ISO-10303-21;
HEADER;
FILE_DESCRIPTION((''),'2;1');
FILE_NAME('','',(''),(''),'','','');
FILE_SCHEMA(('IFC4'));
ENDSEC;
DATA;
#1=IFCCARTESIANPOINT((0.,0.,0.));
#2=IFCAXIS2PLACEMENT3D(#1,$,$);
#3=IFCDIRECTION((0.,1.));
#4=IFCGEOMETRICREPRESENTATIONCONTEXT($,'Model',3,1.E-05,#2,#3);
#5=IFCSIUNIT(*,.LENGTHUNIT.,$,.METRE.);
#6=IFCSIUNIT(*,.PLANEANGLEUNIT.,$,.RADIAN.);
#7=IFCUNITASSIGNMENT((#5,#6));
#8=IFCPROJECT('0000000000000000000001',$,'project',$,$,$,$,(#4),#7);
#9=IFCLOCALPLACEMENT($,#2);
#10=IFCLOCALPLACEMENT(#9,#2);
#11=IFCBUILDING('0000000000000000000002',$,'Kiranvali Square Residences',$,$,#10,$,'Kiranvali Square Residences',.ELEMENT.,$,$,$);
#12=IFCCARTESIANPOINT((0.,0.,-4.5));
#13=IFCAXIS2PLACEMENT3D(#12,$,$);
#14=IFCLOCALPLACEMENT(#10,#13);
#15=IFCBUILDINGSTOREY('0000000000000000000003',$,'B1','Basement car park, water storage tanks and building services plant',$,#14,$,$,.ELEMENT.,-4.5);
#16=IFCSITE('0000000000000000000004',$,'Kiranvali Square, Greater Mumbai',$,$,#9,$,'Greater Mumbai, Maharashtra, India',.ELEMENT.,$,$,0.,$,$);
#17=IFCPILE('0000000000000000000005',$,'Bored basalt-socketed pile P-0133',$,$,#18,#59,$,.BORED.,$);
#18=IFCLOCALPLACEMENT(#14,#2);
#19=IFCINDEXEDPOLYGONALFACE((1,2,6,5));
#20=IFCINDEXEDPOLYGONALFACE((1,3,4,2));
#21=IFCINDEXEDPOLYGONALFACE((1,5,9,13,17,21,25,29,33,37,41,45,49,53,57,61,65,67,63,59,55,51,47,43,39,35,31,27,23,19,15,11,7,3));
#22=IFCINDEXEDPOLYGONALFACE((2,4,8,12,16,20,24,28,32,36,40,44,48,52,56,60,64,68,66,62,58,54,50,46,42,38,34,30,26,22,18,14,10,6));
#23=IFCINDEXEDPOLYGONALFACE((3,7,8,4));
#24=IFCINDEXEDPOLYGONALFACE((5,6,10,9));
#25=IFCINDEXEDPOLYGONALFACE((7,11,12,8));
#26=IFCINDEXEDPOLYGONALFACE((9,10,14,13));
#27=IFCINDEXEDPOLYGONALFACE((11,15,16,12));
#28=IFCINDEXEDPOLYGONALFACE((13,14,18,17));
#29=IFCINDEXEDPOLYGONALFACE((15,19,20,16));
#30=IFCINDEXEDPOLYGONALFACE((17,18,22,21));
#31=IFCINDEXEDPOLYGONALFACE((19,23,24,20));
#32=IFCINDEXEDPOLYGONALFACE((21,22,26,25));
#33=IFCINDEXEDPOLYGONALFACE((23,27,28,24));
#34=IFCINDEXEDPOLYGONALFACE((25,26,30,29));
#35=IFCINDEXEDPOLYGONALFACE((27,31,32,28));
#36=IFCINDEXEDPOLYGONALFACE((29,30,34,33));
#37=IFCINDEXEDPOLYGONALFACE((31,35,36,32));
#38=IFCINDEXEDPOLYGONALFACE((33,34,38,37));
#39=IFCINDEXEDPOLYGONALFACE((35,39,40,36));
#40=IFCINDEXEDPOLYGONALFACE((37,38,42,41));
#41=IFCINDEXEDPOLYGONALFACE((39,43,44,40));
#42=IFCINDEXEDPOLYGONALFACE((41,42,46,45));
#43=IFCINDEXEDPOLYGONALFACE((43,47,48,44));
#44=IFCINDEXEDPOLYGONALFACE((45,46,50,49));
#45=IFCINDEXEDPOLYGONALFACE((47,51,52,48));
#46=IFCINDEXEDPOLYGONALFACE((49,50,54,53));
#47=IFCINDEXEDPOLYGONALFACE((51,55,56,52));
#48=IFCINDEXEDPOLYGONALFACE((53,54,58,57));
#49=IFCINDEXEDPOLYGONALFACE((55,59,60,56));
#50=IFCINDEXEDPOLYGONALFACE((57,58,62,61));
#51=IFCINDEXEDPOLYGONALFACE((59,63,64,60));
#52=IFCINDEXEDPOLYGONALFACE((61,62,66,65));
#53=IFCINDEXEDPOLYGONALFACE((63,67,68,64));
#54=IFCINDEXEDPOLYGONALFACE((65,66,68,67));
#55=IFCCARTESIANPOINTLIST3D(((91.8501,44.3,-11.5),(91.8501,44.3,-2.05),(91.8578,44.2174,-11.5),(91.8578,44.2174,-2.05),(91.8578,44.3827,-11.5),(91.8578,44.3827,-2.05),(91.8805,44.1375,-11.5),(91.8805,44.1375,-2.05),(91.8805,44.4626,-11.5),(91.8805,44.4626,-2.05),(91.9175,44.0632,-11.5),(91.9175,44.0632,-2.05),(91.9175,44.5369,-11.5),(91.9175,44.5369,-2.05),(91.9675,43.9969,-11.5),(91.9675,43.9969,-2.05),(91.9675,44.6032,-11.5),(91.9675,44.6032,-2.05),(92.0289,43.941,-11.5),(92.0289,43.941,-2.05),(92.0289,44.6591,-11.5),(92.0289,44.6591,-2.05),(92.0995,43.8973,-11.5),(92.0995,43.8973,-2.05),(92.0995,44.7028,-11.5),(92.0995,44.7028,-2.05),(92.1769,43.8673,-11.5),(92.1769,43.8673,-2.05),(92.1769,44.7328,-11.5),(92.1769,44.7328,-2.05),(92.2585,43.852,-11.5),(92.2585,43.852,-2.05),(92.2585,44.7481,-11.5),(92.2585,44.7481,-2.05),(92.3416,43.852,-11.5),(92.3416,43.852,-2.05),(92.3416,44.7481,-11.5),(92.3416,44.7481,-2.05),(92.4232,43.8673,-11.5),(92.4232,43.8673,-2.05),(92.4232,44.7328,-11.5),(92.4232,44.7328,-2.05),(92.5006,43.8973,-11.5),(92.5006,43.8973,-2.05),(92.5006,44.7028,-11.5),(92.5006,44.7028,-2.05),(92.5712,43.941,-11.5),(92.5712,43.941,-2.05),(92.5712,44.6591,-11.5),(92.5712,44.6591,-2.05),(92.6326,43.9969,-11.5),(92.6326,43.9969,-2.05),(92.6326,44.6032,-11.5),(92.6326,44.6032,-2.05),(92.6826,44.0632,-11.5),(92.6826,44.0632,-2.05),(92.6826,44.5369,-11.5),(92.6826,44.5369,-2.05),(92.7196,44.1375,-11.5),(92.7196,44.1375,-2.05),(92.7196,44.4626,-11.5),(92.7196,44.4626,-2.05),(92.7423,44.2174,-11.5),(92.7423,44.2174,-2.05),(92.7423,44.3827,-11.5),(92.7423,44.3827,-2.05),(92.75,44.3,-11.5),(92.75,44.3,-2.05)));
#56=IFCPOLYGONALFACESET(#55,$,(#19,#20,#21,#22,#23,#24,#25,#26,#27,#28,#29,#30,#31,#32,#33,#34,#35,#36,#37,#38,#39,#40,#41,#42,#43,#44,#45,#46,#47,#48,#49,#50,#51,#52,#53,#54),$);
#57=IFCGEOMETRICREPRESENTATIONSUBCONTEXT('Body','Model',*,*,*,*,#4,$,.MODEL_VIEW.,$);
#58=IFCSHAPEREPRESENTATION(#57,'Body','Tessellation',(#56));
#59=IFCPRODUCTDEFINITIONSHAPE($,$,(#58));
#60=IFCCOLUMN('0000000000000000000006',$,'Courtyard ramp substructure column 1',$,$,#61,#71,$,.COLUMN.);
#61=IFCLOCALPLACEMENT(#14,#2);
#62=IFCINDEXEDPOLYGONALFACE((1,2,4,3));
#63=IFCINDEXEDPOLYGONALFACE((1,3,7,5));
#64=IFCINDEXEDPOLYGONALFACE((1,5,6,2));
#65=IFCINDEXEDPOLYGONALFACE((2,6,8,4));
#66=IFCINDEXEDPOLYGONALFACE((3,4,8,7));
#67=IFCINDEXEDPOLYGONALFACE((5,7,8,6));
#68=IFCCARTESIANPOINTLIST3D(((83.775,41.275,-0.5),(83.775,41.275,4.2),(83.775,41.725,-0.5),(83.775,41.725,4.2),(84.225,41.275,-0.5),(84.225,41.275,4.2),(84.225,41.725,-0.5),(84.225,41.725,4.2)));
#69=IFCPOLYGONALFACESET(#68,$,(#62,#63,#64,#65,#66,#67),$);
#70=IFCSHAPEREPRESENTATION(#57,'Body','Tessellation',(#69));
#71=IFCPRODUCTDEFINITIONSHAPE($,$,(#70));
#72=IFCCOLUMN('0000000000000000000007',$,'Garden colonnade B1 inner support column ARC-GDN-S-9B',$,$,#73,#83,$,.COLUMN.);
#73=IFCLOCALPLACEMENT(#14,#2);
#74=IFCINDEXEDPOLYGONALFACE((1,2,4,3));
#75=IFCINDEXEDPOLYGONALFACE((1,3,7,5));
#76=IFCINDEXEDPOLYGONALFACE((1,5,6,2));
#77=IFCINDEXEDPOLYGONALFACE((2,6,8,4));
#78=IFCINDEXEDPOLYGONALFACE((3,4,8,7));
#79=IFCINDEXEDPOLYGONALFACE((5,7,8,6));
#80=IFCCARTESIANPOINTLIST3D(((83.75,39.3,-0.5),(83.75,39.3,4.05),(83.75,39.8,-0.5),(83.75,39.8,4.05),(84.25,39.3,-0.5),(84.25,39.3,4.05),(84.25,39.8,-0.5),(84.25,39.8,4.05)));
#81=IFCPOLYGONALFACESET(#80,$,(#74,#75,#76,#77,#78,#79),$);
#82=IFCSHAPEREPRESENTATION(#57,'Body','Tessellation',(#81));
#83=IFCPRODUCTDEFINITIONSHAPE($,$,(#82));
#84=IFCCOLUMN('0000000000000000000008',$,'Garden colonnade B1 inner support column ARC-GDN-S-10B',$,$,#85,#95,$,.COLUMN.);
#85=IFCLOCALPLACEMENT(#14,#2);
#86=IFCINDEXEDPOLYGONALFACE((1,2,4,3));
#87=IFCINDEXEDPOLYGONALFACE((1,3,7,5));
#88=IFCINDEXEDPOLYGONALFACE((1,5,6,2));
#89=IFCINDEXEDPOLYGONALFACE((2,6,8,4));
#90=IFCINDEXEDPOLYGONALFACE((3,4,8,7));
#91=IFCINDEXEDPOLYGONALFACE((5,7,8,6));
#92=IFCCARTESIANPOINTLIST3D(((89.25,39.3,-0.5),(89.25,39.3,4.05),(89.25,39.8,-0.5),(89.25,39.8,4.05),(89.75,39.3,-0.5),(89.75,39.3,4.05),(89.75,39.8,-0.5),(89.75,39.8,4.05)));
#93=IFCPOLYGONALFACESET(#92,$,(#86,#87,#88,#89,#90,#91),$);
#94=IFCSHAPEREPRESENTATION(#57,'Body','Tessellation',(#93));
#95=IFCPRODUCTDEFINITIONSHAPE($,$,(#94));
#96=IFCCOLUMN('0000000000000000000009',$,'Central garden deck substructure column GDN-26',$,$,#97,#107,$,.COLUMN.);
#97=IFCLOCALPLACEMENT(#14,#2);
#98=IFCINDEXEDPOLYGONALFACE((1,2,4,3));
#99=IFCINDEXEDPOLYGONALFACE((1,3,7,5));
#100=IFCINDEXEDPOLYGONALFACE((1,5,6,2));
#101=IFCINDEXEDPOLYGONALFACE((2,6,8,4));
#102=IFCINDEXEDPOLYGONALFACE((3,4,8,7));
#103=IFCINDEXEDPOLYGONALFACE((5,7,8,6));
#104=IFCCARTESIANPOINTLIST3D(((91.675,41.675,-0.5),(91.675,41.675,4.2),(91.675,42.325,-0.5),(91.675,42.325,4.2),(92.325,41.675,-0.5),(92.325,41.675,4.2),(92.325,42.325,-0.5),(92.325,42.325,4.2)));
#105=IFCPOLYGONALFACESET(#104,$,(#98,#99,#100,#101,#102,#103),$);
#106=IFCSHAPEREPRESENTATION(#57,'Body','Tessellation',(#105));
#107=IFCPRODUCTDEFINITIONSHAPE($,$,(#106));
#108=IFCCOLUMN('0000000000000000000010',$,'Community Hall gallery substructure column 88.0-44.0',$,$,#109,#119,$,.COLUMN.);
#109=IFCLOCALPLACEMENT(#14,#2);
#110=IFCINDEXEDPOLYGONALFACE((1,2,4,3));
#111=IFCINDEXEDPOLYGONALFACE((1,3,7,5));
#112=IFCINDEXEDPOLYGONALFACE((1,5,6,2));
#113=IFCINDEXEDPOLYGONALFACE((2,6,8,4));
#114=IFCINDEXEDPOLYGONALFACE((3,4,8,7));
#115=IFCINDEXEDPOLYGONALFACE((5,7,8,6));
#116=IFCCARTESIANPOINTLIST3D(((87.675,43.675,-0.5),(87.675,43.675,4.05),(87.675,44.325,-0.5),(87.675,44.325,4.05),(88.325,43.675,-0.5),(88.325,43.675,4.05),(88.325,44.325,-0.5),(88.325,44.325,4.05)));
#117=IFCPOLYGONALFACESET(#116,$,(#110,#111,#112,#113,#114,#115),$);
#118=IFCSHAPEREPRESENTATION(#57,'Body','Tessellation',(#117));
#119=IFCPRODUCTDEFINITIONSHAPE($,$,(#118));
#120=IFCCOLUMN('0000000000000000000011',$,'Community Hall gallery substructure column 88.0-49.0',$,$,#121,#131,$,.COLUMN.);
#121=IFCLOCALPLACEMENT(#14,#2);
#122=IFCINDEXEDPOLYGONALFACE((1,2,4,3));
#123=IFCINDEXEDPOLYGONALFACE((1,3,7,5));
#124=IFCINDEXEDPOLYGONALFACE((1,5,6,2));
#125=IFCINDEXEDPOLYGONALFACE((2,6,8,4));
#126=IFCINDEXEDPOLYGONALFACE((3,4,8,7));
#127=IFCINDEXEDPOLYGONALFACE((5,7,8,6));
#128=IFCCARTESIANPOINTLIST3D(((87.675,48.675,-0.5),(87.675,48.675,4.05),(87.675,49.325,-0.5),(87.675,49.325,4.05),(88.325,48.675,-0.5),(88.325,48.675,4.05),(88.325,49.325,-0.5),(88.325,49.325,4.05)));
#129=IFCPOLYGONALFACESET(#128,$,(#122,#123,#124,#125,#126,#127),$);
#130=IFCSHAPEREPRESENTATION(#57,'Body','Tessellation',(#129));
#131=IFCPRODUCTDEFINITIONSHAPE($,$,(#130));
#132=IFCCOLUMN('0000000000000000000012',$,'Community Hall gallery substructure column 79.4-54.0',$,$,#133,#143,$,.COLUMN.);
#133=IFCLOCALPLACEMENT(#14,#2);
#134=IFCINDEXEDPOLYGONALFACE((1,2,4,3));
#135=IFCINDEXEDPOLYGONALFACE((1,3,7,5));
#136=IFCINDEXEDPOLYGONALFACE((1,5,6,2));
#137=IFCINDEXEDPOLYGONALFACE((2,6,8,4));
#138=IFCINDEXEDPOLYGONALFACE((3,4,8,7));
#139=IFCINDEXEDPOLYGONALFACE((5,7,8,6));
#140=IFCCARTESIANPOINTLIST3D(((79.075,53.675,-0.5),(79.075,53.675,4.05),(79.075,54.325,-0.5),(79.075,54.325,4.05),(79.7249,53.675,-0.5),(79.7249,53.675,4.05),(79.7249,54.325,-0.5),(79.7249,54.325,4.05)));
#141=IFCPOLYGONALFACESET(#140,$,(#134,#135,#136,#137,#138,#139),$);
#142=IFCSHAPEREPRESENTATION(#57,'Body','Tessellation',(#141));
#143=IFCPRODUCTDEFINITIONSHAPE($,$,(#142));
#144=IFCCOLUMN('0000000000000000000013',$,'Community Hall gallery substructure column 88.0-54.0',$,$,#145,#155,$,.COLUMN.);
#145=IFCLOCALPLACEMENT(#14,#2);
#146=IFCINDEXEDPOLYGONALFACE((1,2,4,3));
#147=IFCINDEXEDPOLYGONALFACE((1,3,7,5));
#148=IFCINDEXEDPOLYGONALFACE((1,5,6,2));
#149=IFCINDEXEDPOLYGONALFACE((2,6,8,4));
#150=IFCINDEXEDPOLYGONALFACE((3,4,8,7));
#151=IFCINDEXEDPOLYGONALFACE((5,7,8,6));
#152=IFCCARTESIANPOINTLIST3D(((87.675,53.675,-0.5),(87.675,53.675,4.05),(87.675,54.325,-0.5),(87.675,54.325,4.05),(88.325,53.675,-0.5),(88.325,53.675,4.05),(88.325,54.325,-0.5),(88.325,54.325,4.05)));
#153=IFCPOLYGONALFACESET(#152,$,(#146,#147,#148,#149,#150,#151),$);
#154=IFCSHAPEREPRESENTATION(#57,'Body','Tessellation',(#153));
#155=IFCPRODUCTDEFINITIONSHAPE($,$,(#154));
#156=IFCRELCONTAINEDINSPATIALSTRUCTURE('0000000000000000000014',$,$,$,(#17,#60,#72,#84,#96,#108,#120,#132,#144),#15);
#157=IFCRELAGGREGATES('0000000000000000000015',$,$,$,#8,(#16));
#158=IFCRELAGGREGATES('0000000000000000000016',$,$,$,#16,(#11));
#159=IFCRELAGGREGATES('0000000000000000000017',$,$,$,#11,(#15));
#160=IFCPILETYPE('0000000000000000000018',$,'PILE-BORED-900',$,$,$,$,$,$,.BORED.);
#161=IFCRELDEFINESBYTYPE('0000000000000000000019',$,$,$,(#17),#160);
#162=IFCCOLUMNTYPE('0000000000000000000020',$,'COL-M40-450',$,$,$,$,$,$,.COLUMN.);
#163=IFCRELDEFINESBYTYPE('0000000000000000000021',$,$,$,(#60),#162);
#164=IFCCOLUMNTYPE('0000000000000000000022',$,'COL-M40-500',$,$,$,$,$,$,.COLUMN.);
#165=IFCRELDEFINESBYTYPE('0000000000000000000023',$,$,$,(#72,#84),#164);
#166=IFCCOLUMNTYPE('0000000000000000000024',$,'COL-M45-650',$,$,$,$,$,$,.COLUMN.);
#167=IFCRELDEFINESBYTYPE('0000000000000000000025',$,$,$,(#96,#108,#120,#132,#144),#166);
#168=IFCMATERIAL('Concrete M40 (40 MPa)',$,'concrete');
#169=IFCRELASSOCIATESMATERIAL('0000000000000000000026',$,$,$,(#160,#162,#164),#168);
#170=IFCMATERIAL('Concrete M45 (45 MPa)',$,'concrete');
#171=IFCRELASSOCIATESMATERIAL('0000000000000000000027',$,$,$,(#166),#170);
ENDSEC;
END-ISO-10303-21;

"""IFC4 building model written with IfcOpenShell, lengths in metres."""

from ifc_helpers import new_model, si_unit, direction, frame, origin, origin_2d, place, context, subcontext, project, spatial, rectangle, circle, extrude, material, material_profile, profile_set, type_object, element, save


model = new_model("IFC4")

# Units and contexts
model_context = context("Model", 3, precision=1e-05, world=origin(), true_north=direction((0.0, 1.0)))
body_context = subcontext(model_context, "Body", "Model", "MODEL_VIEW")
ifc_project = project(units=[si_unit("LENGTHUNIT", "METRE"), si_unit("PLANEANGLEUNIT", "RADIAN")], contexts=[model_context])

# Site, building, storey
site_placement = place(None, origin())
site = spatial("IfcSite", under=ifc_project, at=site_placement, Name="Kiranvali Square, Greater Mumbai", LongName="Greater Mumbai, Maharashtra, India", CompositionType="ELEMENT", RefElevation=0.0)
building_placement = place(site_placement, origin())
building = spatial("IfcBuilding", under=site, at=building_placement, Name="Kiranvali Square Residences", LongName="Kiranvali Square Residences", CompositionType="ELEMENT")
storey_placement = place(building_placement, frame((0.0, 0.0, -4.5)))
storey = spatial("IfcBuildingStorey", under=building, at=storey_placement, Name="B1", Description="Basement car park, water storage tanks and building services plant", CompositionType="ELEMENT", Elevation=-4.5)

# Shared definitions
ifc_material_1 = material(Name="Concrete M40 (40 MPa)", Category="concrete")

# Pile
ifc_material_profile_1 = material_profile(ifc_material_1, circle(Radius=0.45, at=origin_2d()), Name="BORED PILE 900")
ifc_profile_set_1 = profile_set([ifc_material_profile_1], Name="Concrete M40 (40 MPa)")
pile_type_1 = type_object("IfcPileType", Name="PILE-BORED-900", PredefinedType="BORED", material=ifc_profile_set_1)
pile_1_placement = place(storey_placement, frame((92.3, 44.3, -2.05), z_axis=(0.0, 0.0, -1.0), x_axis=(1.0, 0.0, 0.0)))
element("IfcPile", 1, at=pile_1_placement, inside=storey, type_object=pile_type_1, Name="Bored basalt-socketed pile P-0133", PredefinedType="BORED", context=body_context, shape_type="SweptSolid", body=[
    extrude(circle(Radius=0.45, at=origin_2d()), origin(), (0.0, 0.0, 1.0), 9.45),
])

# Columns
ifc_material_profile_2 = material_profile(ifc_material_1, rectangle(XDim=0.45, YDim=0.45, at=origin_2d()), Name="RC 450x450")
ifc_profile_set_2 = profile_set([ifc_material_profile_2], Name="Concrete M40 (40 MPa)")
column_type_1 = type_object("IfcColumnType", Name="COL-M40-450", PredefinedType="COLUMN", material=ifc_profile_set_2)
column_1_placement = place(storey_placement, frame((84.0, 41.5, -0.5), z_axis=(0.0, 0.0, 1.0), x_axis=(1.0, 0.0, 0.0)))
element("IfcColumn", 2, at=column_1_placement, inside=storey, type_object=column_type_1, Name="Courtyard ramp substructure column 1", PredefinedType="COLUMN", context=body_context, shape_type="SweptSolid", body=[
    extrude(rectangle(XDim=0.45, YDim=0.45, at=origin_2d()), origin(), (0.0, 0.0, 1.0), 4.7),
])
ifc_material_profile_3 = material_profile(ifc_material_1, rectangle(XDim=0.5, YDim=0.5, at=origin_2d()), Name="RC 500x500")
ifc_profile_set_3 = profile_set([ifc_material_profile_3], Name="Concrete M40 (40 MPa)")
column_type_2 = type_object("IfcColumnType", Name="COL-M40-500", PredefinedType="COLUMN", material=ifc_profile_set_3)
for number, where, z_axis, x_axis, name in (
    (3, (84.0, 39.55, -0.5), (0.0, 0.0, 1.0), (1.0, 0.0, 0.0), "Garden colonnade B1 inner support column ARC-GDN-S-9B"),
    (4, (89.5, 39.55, -0.5), (0.0, 0.0, 1.0), (1.0, 0.0, 0.0), "Garden colonnade B1 inner support column ARC-GDN-S-10B"),
):
    element("IfcColumn", number, at=place(storey_placement, frame(where, z_axis=z_axis, x_axis=x_axis)), inside=storey, type_object=column_type_2, Name=name, PredefinedType="COLUMN", context=body_context, shape_type="SweptSolid", body=[
        extrude(rectangle(XDim=0.5, YDim=0.5, at=origin_2d()), origin(), (0.0, 0.0, 1.0), 4.55),
    ])
ifc_material_2 = material(Name="Concrete M45 (45 MPa)", Category="concrete")
ifc_material_profile_4 = material_profile(ifc_material_2, rectangle(XDim=0.6499, YDim=0.6499, at=origin_2d()), Name="RC 650x650")
ifc_profile_set_4 = profile_set([ifc_material_profile_4], Name="Concrete M45 (45 MPa)")
column_type_3 = type_object("IfcColumnType", Name="COL-M45-650", PredefinedType="COLUMN", material=ifc_profile_set_4)
column_2_placement = place(storey_placement, frame((92.0, 42.0, -0.5), z_axis=(0.0, 0.0, 1.0), x_axis=(1.0, 0.0, 0.0)))
element("IfcColumn", 5, at=column_2_placement, inside=storey, type_object=column_type_3, Name="Central garden deck substructure column GDN-26", PredefinedType="COLUMN", context=body_context, shape_type="SweptSolid", body=[
    extrude(rectangle(XDim=0.6499, YDim=0.6499, at=origin_2d()), origin(), (0.0, 0.0, 1.0), 4.7),
])
for number, where, z_axis, x_axis, name in (
    (6, (88.0, 44.0, -0.5), (0.0, 0.0, 1.0), (1.0, 0.0, 0.0), "Community Hall gallery substructure column 88.0-44.0"),
    (7, (88.0, 49.0, -0.5), (0.0, 0.0, 1.0), (1.0, 0.0, 0.0), "Community Hall gallery substructure column 88.0-49.0"),
    (8, (79.3999, 54.0, -0.5), (0.0, 0.0, 1.0), (1.0, 0.0, 0.0), "Community Hall gallery substructure column 79.4-54.0"),
    (9, (88.0, 54.0, -0.5), (0.0, 0.0, 1.0), (1.0, 0.0, 0.0), "Community Hall gallery substructure column 88.0-54.0"),
):
    element("IfcColumn", number, at=place(storey_placement, frame(where, z_axis=z_axis, x_axis=x_axis)), inside=storey, type_object=column_type_3, Name=name, PredefinedType="COLUMN", context=body_context, shape_type="SweptSolid", body=[
        extrude(rectangle(XDim=0.6499, YDim=0.6499, at=origin_2d()), origin(), (0.0, 0.0, 1.0), 4.55),
    ])

save(model, "model.ifc")
